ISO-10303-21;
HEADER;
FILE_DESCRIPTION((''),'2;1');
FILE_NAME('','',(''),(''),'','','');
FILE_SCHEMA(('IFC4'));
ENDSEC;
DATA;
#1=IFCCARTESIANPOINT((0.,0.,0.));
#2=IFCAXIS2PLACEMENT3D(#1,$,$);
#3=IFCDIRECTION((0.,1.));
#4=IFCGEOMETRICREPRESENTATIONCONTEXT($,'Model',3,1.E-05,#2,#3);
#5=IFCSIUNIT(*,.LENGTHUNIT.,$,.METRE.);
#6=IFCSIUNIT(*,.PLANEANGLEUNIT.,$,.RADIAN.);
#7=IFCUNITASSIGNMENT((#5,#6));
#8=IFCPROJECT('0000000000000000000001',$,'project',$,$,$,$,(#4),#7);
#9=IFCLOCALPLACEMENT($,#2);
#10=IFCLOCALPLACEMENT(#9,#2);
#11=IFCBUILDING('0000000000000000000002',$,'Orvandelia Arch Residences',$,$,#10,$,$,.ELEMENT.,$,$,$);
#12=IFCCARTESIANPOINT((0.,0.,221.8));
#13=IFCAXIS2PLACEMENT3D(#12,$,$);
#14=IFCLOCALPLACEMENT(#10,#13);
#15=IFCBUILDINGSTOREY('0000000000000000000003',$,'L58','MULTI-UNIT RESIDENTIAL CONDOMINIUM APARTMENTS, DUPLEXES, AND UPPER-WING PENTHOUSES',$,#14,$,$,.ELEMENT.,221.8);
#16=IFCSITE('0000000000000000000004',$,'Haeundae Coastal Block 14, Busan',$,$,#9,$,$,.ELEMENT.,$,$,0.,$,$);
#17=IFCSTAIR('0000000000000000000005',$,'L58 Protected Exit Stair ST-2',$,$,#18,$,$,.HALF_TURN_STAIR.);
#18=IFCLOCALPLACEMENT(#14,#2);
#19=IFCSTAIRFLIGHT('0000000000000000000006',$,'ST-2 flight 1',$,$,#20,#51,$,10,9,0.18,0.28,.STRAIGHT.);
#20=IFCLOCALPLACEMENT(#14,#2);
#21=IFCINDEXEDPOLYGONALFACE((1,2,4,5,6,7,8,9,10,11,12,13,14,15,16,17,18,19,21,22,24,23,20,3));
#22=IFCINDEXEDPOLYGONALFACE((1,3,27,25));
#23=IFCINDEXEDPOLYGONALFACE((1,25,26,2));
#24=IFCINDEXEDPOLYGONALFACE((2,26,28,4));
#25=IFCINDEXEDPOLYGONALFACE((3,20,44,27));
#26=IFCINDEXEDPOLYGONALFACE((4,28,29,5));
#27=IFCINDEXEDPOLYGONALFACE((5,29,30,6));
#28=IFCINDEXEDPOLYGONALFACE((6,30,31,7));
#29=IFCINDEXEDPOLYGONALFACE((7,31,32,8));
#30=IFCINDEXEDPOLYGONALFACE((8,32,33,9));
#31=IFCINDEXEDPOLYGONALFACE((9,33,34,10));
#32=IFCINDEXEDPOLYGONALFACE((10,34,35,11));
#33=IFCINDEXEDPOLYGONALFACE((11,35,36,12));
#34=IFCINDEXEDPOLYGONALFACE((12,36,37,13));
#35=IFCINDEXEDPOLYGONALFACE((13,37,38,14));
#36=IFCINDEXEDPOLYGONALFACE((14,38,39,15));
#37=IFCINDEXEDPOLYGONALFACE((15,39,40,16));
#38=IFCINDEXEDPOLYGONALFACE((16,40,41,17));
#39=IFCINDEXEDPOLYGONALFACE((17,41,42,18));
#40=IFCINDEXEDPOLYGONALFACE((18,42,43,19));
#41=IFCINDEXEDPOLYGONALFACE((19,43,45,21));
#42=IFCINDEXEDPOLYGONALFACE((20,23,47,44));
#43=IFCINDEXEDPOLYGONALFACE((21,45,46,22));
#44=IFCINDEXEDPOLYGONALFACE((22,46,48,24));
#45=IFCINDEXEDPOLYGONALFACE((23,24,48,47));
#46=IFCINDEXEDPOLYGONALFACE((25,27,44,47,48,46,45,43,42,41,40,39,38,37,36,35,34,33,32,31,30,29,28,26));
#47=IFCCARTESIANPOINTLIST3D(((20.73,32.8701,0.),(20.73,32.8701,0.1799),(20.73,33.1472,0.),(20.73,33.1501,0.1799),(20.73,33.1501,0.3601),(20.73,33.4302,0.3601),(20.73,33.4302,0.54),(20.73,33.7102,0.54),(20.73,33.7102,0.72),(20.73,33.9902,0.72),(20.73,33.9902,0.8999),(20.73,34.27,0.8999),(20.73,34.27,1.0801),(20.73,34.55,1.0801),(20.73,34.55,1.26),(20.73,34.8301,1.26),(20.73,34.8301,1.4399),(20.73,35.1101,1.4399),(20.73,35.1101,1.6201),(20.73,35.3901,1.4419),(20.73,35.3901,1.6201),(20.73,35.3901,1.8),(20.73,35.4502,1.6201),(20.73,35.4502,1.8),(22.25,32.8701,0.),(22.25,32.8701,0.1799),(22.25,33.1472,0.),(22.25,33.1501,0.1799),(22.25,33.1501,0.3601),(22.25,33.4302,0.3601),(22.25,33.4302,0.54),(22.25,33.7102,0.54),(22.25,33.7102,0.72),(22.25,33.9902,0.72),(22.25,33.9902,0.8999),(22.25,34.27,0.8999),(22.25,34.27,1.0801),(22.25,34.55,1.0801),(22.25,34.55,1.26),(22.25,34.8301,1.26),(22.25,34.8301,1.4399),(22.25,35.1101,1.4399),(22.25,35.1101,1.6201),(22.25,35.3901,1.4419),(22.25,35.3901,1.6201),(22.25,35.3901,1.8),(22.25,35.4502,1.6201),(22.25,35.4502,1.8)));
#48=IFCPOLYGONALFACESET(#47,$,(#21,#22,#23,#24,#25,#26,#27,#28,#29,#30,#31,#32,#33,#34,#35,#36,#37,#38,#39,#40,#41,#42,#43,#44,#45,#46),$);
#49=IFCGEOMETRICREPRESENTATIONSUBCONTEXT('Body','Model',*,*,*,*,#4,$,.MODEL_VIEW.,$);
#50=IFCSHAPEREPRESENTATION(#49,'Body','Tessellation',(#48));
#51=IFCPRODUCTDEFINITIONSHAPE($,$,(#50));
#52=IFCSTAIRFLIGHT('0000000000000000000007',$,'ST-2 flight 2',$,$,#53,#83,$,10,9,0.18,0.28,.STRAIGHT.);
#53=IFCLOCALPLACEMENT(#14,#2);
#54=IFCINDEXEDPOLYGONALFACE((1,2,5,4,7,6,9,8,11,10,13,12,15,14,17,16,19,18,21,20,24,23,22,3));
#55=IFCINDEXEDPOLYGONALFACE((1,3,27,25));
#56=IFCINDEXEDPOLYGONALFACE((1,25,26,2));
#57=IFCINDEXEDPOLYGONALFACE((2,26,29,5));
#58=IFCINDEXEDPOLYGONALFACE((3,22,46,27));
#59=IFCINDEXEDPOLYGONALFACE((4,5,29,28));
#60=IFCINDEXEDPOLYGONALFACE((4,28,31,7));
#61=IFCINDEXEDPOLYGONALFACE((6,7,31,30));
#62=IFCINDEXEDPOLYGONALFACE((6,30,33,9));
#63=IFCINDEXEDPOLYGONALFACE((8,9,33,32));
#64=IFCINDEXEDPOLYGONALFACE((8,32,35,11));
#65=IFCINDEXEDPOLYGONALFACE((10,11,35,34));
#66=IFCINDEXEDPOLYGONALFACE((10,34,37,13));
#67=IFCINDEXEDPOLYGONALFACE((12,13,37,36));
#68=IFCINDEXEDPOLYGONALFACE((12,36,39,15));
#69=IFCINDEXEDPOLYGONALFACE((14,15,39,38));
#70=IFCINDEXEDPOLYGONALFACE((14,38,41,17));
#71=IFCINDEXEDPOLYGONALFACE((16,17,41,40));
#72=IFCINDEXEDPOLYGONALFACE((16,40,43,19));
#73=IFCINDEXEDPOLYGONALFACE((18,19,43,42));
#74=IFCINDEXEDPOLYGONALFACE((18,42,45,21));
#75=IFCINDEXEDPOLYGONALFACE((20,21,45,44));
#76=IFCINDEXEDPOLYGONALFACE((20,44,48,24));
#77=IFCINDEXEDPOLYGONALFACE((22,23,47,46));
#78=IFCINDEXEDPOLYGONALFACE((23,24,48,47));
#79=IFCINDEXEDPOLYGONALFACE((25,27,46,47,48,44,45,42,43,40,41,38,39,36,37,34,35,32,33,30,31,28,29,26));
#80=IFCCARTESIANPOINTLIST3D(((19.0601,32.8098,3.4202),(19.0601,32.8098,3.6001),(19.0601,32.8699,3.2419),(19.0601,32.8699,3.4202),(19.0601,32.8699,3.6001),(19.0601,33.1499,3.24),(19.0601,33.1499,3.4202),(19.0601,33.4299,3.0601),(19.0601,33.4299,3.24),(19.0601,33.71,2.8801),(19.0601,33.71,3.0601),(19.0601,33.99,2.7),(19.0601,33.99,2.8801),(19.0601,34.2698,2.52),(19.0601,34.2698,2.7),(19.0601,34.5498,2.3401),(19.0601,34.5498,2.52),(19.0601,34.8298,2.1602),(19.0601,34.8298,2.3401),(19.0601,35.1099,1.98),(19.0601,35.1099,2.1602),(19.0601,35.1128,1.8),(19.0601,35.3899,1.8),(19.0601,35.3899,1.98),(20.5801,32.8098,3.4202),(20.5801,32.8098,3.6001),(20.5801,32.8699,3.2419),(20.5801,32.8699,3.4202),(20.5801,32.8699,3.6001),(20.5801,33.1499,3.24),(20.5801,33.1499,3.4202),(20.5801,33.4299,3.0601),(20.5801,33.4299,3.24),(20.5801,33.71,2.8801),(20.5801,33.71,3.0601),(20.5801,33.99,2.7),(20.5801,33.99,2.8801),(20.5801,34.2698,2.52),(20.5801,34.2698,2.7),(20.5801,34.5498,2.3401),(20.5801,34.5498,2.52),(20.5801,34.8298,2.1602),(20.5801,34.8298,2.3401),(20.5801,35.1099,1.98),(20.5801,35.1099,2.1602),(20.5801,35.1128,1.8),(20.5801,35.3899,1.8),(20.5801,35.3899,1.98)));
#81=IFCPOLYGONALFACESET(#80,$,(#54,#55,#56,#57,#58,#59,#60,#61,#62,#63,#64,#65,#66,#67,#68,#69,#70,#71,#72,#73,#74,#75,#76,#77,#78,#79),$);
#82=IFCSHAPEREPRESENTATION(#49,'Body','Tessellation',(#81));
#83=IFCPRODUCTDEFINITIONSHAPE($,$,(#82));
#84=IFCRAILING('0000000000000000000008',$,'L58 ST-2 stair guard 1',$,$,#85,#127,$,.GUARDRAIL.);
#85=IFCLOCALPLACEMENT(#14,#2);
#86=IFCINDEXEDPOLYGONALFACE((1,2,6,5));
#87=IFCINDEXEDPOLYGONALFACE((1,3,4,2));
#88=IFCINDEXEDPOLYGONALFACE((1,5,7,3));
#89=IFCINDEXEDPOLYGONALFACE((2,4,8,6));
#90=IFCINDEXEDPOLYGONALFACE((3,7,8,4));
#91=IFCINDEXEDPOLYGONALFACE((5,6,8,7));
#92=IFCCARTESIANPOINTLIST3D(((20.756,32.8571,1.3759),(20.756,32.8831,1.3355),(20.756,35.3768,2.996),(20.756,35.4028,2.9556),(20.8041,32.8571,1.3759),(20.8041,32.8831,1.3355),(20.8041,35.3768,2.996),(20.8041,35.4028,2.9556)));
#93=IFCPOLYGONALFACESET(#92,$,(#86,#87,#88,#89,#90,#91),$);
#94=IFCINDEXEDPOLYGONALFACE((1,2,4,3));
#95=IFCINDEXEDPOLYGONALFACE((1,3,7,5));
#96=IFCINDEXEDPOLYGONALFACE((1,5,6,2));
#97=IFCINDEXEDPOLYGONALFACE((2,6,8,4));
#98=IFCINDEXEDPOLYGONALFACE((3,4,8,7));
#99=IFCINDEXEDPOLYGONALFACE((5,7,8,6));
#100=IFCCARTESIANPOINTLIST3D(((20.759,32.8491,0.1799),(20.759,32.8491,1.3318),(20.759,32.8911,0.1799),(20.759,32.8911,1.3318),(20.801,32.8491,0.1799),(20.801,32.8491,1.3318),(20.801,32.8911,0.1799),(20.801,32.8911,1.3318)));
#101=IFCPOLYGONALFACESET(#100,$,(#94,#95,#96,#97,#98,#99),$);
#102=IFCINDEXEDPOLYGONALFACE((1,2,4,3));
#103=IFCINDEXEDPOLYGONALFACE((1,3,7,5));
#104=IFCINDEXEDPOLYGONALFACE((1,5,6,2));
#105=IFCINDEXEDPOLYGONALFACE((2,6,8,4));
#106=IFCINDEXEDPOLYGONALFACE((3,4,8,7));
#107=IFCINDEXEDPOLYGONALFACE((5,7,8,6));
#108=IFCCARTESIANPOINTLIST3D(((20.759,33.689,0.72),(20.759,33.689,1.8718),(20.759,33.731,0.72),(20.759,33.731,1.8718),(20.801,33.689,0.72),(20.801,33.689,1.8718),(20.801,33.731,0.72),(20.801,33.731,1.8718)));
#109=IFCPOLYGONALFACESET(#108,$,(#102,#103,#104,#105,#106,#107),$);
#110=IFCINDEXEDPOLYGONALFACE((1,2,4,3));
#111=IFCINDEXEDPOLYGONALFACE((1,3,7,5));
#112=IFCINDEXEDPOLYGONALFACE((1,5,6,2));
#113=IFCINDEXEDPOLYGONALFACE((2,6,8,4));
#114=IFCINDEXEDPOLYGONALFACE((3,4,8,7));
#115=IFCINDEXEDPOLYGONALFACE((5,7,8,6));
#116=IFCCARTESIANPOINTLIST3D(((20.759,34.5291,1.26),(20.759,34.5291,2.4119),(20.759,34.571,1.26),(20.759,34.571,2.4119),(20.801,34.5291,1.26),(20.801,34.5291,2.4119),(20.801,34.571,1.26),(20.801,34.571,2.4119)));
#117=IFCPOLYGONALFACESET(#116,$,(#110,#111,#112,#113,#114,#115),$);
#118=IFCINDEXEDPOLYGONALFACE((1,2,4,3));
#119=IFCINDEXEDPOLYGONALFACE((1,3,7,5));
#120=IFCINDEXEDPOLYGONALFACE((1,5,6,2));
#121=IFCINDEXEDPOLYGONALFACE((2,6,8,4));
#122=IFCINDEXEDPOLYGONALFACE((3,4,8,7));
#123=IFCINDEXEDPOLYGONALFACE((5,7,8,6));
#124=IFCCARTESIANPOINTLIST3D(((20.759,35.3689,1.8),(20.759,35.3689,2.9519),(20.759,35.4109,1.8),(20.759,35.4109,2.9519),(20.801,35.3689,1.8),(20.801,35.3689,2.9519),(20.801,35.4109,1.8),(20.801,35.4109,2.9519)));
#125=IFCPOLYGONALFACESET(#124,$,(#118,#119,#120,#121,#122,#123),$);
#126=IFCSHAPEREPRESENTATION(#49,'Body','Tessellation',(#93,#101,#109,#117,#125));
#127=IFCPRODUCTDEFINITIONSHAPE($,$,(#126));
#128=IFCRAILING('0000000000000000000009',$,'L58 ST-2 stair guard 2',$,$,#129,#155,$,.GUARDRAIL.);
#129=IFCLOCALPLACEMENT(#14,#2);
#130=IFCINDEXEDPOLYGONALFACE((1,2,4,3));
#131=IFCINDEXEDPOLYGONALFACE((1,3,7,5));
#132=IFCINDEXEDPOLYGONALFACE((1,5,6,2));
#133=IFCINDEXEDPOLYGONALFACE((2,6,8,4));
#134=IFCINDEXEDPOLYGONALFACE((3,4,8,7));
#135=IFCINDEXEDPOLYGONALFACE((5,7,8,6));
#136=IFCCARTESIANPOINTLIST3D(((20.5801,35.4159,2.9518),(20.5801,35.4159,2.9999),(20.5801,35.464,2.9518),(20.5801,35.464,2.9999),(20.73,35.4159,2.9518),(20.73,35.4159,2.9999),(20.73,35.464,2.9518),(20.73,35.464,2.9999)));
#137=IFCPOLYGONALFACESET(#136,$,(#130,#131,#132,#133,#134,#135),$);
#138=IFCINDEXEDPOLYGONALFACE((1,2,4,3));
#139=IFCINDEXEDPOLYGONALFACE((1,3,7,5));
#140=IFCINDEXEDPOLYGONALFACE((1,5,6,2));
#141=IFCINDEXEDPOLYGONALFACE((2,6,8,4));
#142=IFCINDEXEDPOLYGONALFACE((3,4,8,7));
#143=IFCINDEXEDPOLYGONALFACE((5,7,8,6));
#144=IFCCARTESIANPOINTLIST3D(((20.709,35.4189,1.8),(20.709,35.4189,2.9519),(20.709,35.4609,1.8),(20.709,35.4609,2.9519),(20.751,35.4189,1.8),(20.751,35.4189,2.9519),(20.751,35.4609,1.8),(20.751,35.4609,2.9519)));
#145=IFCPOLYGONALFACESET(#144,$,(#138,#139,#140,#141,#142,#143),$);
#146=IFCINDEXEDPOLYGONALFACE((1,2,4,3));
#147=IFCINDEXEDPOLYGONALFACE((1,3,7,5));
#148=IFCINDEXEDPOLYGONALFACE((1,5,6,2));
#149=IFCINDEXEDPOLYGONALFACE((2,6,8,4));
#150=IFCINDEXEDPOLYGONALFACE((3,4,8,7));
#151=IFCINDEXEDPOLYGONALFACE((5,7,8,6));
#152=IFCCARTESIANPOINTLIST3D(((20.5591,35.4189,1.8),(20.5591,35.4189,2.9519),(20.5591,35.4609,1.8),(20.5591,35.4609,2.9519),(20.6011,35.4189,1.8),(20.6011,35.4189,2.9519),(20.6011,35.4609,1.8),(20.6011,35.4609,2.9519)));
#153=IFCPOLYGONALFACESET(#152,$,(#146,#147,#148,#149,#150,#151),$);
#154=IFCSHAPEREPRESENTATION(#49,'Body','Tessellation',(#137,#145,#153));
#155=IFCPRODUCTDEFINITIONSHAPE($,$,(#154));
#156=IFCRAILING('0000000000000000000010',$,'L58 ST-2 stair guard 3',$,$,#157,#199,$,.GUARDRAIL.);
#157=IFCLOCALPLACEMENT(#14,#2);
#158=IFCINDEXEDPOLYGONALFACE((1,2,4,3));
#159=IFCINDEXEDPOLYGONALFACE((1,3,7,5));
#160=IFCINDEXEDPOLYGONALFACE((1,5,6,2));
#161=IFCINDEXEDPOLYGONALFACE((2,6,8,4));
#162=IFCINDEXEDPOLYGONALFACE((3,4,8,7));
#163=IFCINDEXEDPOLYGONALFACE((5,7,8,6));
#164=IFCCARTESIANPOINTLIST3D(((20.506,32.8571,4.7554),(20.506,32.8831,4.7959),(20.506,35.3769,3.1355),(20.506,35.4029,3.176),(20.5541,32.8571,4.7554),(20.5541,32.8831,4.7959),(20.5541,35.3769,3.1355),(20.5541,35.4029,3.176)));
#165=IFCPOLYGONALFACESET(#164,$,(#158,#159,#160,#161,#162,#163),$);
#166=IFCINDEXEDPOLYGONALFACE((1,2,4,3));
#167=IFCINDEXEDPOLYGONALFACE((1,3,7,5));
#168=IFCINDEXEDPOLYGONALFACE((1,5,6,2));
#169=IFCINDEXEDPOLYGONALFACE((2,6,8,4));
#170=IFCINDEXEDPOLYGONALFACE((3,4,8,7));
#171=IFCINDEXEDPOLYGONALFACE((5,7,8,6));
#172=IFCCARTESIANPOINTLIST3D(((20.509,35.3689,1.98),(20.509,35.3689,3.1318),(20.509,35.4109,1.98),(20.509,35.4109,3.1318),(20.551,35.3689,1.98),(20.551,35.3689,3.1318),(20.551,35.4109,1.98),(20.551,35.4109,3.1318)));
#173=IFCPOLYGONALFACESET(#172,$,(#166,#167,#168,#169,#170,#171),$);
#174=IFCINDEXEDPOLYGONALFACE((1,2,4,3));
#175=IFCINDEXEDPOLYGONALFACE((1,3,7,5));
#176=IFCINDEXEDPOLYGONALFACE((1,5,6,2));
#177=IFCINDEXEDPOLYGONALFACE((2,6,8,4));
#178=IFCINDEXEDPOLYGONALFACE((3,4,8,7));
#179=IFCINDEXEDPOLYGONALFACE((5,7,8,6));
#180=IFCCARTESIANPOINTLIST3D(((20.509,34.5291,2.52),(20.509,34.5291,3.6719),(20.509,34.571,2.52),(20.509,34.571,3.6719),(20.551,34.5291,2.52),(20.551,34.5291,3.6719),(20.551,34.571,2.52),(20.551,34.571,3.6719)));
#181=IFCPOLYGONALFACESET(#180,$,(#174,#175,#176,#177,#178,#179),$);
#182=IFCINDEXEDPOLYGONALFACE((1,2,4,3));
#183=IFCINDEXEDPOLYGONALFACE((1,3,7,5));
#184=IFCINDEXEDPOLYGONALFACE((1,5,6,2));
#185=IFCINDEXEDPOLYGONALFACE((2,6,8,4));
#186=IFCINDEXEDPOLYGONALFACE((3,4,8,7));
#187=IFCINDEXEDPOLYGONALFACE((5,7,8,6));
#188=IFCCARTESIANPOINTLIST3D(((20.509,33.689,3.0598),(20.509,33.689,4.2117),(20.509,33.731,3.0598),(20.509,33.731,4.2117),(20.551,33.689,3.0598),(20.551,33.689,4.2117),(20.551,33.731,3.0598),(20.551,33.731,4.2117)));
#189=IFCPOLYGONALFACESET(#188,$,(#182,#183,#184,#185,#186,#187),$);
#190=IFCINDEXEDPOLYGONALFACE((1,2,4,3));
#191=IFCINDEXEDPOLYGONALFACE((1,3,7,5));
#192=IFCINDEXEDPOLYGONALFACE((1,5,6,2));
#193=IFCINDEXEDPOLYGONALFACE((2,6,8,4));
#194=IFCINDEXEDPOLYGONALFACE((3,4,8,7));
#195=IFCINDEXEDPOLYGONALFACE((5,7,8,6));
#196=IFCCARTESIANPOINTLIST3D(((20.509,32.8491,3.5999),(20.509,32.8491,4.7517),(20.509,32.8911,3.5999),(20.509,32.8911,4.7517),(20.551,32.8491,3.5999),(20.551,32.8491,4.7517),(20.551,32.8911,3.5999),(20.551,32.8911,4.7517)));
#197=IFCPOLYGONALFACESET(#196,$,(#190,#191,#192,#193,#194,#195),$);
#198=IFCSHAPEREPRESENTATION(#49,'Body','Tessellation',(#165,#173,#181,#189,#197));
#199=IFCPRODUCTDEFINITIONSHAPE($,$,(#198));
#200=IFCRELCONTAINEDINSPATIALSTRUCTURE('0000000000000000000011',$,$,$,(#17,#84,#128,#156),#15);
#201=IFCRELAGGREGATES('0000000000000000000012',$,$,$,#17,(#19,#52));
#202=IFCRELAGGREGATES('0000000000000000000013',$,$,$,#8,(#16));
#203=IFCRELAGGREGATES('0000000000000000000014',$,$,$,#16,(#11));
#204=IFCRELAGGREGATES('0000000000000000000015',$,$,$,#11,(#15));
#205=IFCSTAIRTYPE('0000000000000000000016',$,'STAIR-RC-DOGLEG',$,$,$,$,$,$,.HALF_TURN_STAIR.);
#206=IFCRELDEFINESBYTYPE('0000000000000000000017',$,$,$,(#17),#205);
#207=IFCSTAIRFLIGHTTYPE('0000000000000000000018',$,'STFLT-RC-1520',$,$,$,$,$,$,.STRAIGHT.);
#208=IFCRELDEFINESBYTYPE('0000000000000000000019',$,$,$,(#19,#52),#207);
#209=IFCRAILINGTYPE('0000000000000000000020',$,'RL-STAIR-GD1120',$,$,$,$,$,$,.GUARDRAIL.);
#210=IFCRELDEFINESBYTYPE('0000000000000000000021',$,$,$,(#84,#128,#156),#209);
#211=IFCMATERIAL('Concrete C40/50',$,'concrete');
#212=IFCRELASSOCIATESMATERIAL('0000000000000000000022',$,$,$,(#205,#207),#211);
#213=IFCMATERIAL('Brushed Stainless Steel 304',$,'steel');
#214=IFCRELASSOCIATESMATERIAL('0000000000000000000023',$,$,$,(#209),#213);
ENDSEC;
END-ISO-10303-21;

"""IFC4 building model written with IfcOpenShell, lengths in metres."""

from ifc_helpers import new_model, si_unit, direction, frame, origin, origin_2d, place, context, subcontext, project, spatial, polyline, rectangle, outline, extrude, material, type_object, element, aggregate, save


model = new_model("IFC4")

# Units and contexts
model_context = context("Model", 3, precision=1e-05, world=origin(), true_north=direction((0.0, 1.0)))
body_context = subcontext(model_context, "Body", "Model", "MODEL_VIEW")
ifc_project = project(units=[si_unit("LENGTHUNIT", "METRE"), si_unit("PLANEANGLEUNIT", "RADIAN")], contexts=[model_context])

# Site, building, storey
site_placement = place(None, origin())
site = spatial("IfcSite", under=ifc_project, at=site_placement, Name="Haeundae Coastal Block 14, Busan", CompositionType="ELEMENT", RefElevation=0.0)
building_placement = place(site_placement, origin())
building = spatial("IfcBuilding", under=site, at=building_placement, Name="Orvandelia Arch Residences", CompositionType="ELEMENT")
storey_placement = place(building_placement, frame((0.0, 0.0, 221.8)))
storey = spatial("IfcBuildingStorey", under=building, at=storey_placement, Name="L58", Description="MULTI-UNIT RESIDENTIAL CONDOMINIUM APARTMENTS, DUPLEXES, AND UPPER-WING PENTHOUSES", CompositionType="ELEMENT", Elevation=221.8)

# Stair, stair flights
ifc_material_1 = material(Name="Concrete C40/50", Category="concrete")
stair_type = type_object("IfcStairType", Name="STAIR-RC-DOGLEG", PredefinedType="HALF_TURN_STAIR", material=ifc_material_1)
stair_placement = place(storey_placement, origin())
stair = element("IfcStair", 1, at=stair_placement, inside=storey, type_object=stair_type, Name="L58 Protected Exit Stair ST-2", PredefinedType="HALF_TURN_STAIR")
stair_flight_type = type_object("IfcStairFlightType", Name="STFLT-RC-1520", PredefinedType="STRAIGHT", material=ifc_material_1)
stair_flight_1_placement = place(storey_placement, frame((21.49, 32.8701, 0.0), z_axis=(0.0, 0.0, 1.0), x_axis=(0.0, 1.0, 0.0)))
stair_flight_1 = element("IfcStairFlight", 2, at=stair_flight_1_placement, type_object=stair_flight_type, Name="ST-2 flight 1", NumberOfRisers=10, NumberOfTreads=9, PredefinedType="STRAIGHT", RiserHeight=0.18, TreadLength=0.28, context=body_context, shape_type="SweptSolid", body=[
    extrude(outline(polyline([(0.0, 0.0), (0.0, 0.1799), (0.28, 0.1799), (0.28, 0.3601), (0.5601, 0.3601), (0.5601, 0.54), (0.8401, 0.54), (0.8401, 0.72), (1.1201, 0.72), (1.1201, 0.8999), (1.3999, 0.8999), (1.3999, 1.0801), (1.6799, 1.0801), (1.6799, 1.26), (1.96, 1.26), (1.96, 1.4399), (2.24, 1.4399), (2.24, 1.6201), (2.52, 1.6201), (2.52, 1.8), (2.5801, 1.8), (2.5801, 1.6201), (2.52, 1.4419), (0.2771, 0.0), (0.0, 0.0)])), frame((0.0, 0.76, 0.0), z_axis=(0.0, -1.0, 0.0), x_axis=(1.0, 0.0, 0.0)), (0.0, 0.0, 1.0), 1.52),
])
stair_flight_2_placement = place(storey_placement, frame((19.8201, 35.3899, 1.8), z_axis=(0.0, 0.0, 1.0), x_axis=(0.0, -1.0, 0.0)))
stair_flight_2 = element("IfcStairFlight", 3, at=stair_flight_2_placement, type_object=stair_flight_type, Name="ST-2 flight 2", NumberOfRisers=10, NumberOfTreads=9, PredefinedType="STRAIGHT", RiserHeight=0.18, TreadLength=0.28, context=body_context, shape_type="SweptSolid", body=[
    extrude(outline(polyline([(0.0, 0.0), (0.0, 0.1799), (0.28, 0.1799), (0.28, 0.3601), (0.5601, 0.3601), (0.5601, 0.54), (0.8401, 0.54), (0.8401, 0.72), (1.1201, 0.72), (1.1201, 0.8999), (1.3999, 0.8999), (1.3999, 1.0801), (1.6799, 1.0801), (1.6799, 1.26), (1.96, 1.26), (1.96, 1.4399), (2.24, 1.4399), (2.24, 1.6201), (2.52, 1.6201), (2.52, 1.8), (2.5801, 1.8), (2.5801, 1.6201), (2.52, 1.4419), (0.2771, 0.0), (0.0, 0.0)])), frame((0.0, 0.76, 0.0), z_axis=(0.0, -1.0, 0.0), x_axis=(1.0, 0.0, 0.0)), (0.0, 0.0, 1.0), 1.52),
])
aggregate(stair, [stair_flight_1, stair_flight_2])

# Railings
ifc_material_2 = material(Name="Brushed Stainless Steel 304", Category="steel")
railing_type_1 = type_object("IfcRailingType", Name="RL-STAIR-GD1120", PredefinedType="GUARDRAIL", material=ifc_material_2)
railing_1_placement = place(storey_placement, frame((20.78, 32.8701, 0.1799)))
element("IfcRailing", 4, at=railing_1_placement, inside=storey, type_object=railing_type_1, Name="L58 ST-2 stair guard 1", PredefinedType="GUARDRAIL", context=body_context, shape_type="SweptSolid", body=[
    extrude(rectangle(XDim=0.0481, YDim=0.0481, at=origin_2d()), frame((0.0, 0.0, 1.1758), z_axis=(0.0, 0.841139, 0.540819), x_axis=(-1.0, 0.0, 0.0)), (0.0, 0.0, 1.0), 2.9956),
    extrude(rectangle(XDim=0.042, YDim=0.042, at=origin_2d()), origin(), (0.0, 0.0, 1.0), 1.1519),
    extrude(rectangle(XDim=0.042, YDim=0.042, at=origin_2d()), frame((0.0, 0.8398, 0.54)), (0.0, 0.0, 1.0), 1.1519),
    extrude(rectangle(XDim=0.042, YDim=0.042, at=origin_2d()), frame((0.0, 1.6799, 1.0801)), (0.0, 0.0, 1.0), 1.1519),
    extrude(rectangle(XDim=0.042, YDim=0.042, at=origin_2d()), frame((0.0, 2.5198, 1.6201)), (0.0, 0.0, 1.0), 1.1519),
])
railing_2_placement = place(storey_placement, frame((20.73, 35.4399, 1.8)))
element("IfcRailing", 5, at=railing_2_placement, inside=storey, type_object=railing_type_1, Name="L58 ST-2 stair guard 2", PredefinedType="GUARDRAIL", context=body_context, shape_type="SweptSolid", body=[
    extrude(rectangle(XDim=0.0481, YDim=0.0481, at=origin_2d()), frame((0.0, 0.0, 1.1758), z_axis=(-1.0, 0.0, 0.0), x_axis=(0.0, -1.0, 0.0)), (0.0, 0.0, 1.0), 0.1499),
    extrude(rectangle(XDim=0.042, YDim=0.042, at=origin_2d()), origin(), (0.0, 0.0, 1.0), 1.1519),
    extrude(rectangle(XDim=0.042, YDim=0.042, at=origin_2d()), frame((-0.1499, 0.0, 0.0)), (0.0, 0.0, 1.0), 1.1519),
])
railing_3_placement = place(storey_placement, frame((20.53, 35.3899, 1.98)))
element("IfcRailing", 6, at=railing_3_placement, inside=storey, type_object=railing_type_1, Name="L58 ST-2 stair guard 3", PredefinedType="GUARDRAIL", context=body_context, shape_type="SweptSolid", body=[
    extrude(rectangle(XDim=0.0481, YDim=0.0481, at=origin_2d()), frame((0.0, 0.0, 1.1758), z_axis=(0.0, -0.841176, 0.540762), x_axis=(1.0, 0.0, 0.0)), (0.0, 0.0, 1.0), 2.9956),
    extrude(rectangle(XDim=0.042, YDim=0.042, at=origin_2d()), origin(), (0.0, 0.0, 1.0), 1.1519),
    extrude(rectangle(XDim=0.042, YDim=0.042, at=origin_2d()), frame((0.0, -0.8398, 0.54)), (0.0, 0.0, 1.0), 1.1519),
    extrude(rectangle(XDim=0.042, YDim=0.042, at=origin_2d()), frame((0.0, -1.6799, 1.0798)), (0.0, 0.0, 1.0), 1.1519),
    extrude(rectangle(XDim=0.042, YDim=0.042, at=origin_2d()), frame((0.0, -2.5198, 1.6199)), (0.0, 0.0, 1.0), 1.1519),
])

save(model, "model.ifc")
